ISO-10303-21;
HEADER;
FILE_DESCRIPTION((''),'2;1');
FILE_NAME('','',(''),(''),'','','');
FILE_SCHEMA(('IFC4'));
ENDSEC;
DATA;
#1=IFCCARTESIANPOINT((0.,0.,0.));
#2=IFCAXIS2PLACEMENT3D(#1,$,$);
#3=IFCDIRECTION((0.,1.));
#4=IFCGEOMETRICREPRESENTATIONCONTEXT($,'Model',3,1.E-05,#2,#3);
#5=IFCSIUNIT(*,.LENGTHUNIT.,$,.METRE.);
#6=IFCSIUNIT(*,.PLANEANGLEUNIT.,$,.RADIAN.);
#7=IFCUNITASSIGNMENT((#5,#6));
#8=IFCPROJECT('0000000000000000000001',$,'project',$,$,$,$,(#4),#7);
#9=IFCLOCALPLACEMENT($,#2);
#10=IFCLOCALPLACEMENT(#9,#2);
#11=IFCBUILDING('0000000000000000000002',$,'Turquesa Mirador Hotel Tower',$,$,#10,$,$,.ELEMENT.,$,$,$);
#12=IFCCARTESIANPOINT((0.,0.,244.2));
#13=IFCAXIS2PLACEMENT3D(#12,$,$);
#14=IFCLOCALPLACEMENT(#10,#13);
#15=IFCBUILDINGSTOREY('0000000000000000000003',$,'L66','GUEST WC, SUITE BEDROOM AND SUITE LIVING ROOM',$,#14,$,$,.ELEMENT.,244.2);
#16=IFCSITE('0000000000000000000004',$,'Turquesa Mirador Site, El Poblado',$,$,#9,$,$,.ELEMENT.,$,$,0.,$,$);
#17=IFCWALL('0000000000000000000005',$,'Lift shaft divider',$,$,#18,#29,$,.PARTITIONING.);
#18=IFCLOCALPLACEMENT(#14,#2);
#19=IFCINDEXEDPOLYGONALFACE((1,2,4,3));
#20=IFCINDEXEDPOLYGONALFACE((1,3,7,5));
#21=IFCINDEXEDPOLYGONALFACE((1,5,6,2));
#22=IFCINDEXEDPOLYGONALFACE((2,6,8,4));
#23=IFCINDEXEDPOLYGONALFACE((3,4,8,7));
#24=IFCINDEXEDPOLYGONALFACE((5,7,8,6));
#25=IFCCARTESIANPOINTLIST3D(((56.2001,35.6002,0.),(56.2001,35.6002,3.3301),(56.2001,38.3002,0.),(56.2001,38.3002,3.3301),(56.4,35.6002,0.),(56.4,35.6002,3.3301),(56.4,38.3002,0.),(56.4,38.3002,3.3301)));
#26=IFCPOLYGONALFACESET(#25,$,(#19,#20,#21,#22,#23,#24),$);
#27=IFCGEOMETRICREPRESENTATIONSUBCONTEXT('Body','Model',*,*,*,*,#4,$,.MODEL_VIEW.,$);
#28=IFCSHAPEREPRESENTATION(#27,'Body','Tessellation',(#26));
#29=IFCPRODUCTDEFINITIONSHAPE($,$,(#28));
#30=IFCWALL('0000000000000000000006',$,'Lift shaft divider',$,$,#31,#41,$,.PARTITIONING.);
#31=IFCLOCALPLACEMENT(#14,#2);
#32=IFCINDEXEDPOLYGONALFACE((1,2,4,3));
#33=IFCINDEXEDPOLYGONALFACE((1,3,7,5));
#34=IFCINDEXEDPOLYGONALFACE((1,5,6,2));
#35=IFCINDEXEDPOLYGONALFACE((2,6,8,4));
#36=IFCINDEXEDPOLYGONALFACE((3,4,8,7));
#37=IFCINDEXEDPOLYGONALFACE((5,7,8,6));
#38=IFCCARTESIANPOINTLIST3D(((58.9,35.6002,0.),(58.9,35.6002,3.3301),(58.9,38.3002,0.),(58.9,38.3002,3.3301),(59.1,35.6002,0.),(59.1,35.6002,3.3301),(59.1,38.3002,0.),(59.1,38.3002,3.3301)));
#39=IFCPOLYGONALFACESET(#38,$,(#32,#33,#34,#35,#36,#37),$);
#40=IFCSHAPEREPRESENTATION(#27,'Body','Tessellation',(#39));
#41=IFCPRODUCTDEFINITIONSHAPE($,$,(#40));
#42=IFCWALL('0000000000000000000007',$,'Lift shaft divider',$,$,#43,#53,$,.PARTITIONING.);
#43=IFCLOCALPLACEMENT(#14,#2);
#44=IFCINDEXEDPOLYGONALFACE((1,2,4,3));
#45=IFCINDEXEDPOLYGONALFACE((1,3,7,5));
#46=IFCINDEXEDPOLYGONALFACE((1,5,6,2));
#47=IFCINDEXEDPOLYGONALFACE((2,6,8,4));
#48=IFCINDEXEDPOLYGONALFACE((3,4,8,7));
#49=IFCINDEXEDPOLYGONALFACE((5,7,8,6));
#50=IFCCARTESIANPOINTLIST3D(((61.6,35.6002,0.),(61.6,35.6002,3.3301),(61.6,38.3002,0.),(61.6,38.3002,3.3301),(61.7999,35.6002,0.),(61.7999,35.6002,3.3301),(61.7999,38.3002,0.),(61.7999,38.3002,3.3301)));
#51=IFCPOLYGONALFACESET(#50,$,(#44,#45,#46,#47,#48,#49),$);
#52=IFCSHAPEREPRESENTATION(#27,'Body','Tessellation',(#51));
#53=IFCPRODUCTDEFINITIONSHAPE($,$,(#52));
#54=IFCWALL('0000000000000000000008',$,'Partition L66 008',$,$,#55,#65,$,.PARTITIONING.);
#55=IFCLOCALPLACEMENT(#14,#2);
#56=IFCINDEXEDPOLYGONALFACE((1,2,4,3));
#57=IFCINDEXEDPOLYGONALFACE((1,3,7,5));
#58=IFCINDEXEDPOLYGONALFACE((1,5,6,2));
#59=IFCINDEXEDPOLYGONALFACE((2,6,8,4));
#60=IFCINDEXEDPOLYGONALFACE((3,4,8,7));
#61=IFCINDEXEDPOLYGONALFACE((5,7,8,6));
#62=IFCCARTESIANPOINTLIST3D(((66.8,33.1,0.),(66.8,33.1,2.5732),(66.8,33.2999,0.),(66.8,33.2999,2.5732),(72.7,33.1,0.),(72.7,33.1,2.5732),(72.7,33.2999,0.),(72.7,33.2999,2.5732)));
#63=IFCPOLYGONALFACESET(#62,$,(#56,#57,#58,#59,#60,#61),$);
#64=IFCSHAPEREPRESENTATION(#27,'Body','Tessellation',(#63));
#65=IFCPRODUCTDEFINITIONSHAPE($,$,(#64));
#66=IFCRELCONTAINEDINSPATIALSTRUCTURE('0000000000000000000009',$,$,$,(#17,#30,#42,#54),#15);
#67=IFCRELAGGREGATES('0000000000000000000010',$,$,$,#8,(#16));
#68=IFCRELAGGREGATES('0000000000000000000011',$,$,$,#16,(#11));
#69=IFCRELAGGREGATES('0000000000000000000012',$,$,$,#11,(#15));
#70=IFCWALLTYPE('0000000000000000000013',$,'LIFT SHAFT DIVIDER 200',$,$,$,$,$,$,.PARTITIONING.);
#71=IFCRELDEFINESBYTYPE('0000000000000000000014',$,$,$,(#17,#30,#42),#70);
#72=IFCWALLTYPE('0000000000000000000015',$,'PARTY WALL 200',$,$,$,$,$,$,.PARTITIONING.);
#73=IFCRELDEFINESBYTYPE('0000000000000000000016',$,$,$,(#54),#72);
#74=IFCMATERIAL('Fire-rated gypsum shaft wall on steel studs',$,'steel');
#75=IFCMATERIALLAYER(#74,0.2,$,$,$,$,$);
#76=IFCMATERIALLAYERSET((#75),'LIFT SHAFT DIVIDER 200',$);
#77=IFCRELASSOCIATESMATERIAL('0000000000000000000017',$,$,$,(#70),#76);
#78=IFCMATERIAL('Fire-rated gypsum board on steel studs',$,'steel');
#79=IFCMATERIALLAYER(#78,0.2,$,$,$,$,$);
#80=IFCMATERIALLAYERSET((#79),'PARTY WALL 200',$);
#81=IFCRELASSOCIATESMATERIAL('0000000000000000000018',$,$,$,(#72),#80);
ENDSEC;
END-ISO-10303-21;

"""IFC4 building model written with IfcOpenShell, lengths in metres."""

from ifc_helpers import new_model, si_unit, direction, frame, frame_2d, origin, place, context, subcontext, project, spatial, rectangle, extrude, material, layer, layer_set, type_object, element, save


model = new_model("IFC4")

# Units and contexts
model_context = context("Model", 3, precision=1e-05, world=origin(), true_north=direction((0.0, 1.0)))
body_context = subcontext(model_context, "Body", "Model", "MODEL_VIEW")
ifc_project = project(units=[si_unit("LENGTHUNIT", "METRE"), si_unit("PLANEANGLEUNIT", "RADIAN")], contexts=[model_context])

# Site, building, storey
site_placement = place(None, origin())
site = spatial("IfcSite", under=ifc_project, at=site_placement, Name="Turquesa Mirador Site, El Poblado", CompositionType="ELEMENT", RefElevation=0.0)
building_placement = place(site_placement, origin())
building = spatial("IfcBuilding", under=site, at=building_placement, Name="Turquesa Mirador Hotel Tower", CompositionType="ELEMENT")
storey_placement = place(building_placement, frame((0.0, 0.0, 244.2)))
storey = spatial("IfcBuildingStorey", under=building, at=storey_placement, Name="L66", Description="GUEST WC, SUITE BEDROOM AND SUITE LIVING ROOM", CompositionType="ELEMENT", Elevation=244.2)

# Walls
ifc_material_1 = material(Name="Fire-rated gypsum shaft wall on steel studs", Category="steel")
ifc_layer_1 = layer(ifc_material_1, 0.2)
ifc_layer_set_1 = layer_set([ifc_layer_1], Name="LIFT SHAFT DIVIDER 200")
wall_type_1 = type_object("IfcWallType", Name="LIFT SHAFT DIVIDER 200", PredefinedType="PARTITIONING", material=ifc_layer_set_1)
for number, where, z_axis, x_axis, name in (
    (1, (56.3, 35.6001, 0.0), (0.0, 0.0, 1.0), (0.0, 1.0, 0.0), "Lift shaft divider"),
    (2, (59.0, 35.6001, 0.0), (0.0, 0.0, 1.0), (0.0, 1.0, 0.0), "Lift shaft divider"),
    (3, (61.7, 35.6001, 0.0), (0.0, 0.0, 1.0), (0.0, 1.0, 0.0), "Lift shaft divider"),
):
    element("IfcWall", number, at=place(storey_placement, frame(where, z_axis=z_axis, x_axis=x_axis)), inside=storey, type_object=wall_type_1, Name=name, PredefinedType="PARTITIONING", context=body_context, shape_type="SweptSolid", body=[
        extrude(rectangle(XDim=2.7, YDim=0.2, at=frame_2d((1.3501, 0.0))), origin(), (0.0, 0.0, 1.0), 3.3301),
    ])
ifc_material_2 = material(Name="Fire-rated gypsum board on steel studs", Category="steel")
ifc_layer_2 = layer(ifc_material_2, 0.2)
ifc_layer_set_2 = layer_set([ifc_layer_2], Name="PARTY WALL 200")
wall_type_2 = type_object("IfcWallType", Name="PARTY WALL 200", PredefinedType="PARTITIONING", material=ifc_layer_set_2)
wall_1_placement = place(storey_placement, frame((66.8, 33.2, 0.0), z_axis=(0.0, 0.0, 1.0), x_axis=(1.0, 0.0, 0.0)))
element("IfcWall", 4, at=wall_1_placement, inside=storey, type_object=wall_type_2, Name="Partition L66 008", PredefinedType="PARTITIONING", context=body_context, shape_type="SweptSolid", body=[
    extrude(rectangle(XDim=5.8999, YDim=0.2, at=frame_2d((2.95, 0.0))), origin(), (0.0, 0.0, 1.0), 2.5732),
])

save(model, "model.ifc")
